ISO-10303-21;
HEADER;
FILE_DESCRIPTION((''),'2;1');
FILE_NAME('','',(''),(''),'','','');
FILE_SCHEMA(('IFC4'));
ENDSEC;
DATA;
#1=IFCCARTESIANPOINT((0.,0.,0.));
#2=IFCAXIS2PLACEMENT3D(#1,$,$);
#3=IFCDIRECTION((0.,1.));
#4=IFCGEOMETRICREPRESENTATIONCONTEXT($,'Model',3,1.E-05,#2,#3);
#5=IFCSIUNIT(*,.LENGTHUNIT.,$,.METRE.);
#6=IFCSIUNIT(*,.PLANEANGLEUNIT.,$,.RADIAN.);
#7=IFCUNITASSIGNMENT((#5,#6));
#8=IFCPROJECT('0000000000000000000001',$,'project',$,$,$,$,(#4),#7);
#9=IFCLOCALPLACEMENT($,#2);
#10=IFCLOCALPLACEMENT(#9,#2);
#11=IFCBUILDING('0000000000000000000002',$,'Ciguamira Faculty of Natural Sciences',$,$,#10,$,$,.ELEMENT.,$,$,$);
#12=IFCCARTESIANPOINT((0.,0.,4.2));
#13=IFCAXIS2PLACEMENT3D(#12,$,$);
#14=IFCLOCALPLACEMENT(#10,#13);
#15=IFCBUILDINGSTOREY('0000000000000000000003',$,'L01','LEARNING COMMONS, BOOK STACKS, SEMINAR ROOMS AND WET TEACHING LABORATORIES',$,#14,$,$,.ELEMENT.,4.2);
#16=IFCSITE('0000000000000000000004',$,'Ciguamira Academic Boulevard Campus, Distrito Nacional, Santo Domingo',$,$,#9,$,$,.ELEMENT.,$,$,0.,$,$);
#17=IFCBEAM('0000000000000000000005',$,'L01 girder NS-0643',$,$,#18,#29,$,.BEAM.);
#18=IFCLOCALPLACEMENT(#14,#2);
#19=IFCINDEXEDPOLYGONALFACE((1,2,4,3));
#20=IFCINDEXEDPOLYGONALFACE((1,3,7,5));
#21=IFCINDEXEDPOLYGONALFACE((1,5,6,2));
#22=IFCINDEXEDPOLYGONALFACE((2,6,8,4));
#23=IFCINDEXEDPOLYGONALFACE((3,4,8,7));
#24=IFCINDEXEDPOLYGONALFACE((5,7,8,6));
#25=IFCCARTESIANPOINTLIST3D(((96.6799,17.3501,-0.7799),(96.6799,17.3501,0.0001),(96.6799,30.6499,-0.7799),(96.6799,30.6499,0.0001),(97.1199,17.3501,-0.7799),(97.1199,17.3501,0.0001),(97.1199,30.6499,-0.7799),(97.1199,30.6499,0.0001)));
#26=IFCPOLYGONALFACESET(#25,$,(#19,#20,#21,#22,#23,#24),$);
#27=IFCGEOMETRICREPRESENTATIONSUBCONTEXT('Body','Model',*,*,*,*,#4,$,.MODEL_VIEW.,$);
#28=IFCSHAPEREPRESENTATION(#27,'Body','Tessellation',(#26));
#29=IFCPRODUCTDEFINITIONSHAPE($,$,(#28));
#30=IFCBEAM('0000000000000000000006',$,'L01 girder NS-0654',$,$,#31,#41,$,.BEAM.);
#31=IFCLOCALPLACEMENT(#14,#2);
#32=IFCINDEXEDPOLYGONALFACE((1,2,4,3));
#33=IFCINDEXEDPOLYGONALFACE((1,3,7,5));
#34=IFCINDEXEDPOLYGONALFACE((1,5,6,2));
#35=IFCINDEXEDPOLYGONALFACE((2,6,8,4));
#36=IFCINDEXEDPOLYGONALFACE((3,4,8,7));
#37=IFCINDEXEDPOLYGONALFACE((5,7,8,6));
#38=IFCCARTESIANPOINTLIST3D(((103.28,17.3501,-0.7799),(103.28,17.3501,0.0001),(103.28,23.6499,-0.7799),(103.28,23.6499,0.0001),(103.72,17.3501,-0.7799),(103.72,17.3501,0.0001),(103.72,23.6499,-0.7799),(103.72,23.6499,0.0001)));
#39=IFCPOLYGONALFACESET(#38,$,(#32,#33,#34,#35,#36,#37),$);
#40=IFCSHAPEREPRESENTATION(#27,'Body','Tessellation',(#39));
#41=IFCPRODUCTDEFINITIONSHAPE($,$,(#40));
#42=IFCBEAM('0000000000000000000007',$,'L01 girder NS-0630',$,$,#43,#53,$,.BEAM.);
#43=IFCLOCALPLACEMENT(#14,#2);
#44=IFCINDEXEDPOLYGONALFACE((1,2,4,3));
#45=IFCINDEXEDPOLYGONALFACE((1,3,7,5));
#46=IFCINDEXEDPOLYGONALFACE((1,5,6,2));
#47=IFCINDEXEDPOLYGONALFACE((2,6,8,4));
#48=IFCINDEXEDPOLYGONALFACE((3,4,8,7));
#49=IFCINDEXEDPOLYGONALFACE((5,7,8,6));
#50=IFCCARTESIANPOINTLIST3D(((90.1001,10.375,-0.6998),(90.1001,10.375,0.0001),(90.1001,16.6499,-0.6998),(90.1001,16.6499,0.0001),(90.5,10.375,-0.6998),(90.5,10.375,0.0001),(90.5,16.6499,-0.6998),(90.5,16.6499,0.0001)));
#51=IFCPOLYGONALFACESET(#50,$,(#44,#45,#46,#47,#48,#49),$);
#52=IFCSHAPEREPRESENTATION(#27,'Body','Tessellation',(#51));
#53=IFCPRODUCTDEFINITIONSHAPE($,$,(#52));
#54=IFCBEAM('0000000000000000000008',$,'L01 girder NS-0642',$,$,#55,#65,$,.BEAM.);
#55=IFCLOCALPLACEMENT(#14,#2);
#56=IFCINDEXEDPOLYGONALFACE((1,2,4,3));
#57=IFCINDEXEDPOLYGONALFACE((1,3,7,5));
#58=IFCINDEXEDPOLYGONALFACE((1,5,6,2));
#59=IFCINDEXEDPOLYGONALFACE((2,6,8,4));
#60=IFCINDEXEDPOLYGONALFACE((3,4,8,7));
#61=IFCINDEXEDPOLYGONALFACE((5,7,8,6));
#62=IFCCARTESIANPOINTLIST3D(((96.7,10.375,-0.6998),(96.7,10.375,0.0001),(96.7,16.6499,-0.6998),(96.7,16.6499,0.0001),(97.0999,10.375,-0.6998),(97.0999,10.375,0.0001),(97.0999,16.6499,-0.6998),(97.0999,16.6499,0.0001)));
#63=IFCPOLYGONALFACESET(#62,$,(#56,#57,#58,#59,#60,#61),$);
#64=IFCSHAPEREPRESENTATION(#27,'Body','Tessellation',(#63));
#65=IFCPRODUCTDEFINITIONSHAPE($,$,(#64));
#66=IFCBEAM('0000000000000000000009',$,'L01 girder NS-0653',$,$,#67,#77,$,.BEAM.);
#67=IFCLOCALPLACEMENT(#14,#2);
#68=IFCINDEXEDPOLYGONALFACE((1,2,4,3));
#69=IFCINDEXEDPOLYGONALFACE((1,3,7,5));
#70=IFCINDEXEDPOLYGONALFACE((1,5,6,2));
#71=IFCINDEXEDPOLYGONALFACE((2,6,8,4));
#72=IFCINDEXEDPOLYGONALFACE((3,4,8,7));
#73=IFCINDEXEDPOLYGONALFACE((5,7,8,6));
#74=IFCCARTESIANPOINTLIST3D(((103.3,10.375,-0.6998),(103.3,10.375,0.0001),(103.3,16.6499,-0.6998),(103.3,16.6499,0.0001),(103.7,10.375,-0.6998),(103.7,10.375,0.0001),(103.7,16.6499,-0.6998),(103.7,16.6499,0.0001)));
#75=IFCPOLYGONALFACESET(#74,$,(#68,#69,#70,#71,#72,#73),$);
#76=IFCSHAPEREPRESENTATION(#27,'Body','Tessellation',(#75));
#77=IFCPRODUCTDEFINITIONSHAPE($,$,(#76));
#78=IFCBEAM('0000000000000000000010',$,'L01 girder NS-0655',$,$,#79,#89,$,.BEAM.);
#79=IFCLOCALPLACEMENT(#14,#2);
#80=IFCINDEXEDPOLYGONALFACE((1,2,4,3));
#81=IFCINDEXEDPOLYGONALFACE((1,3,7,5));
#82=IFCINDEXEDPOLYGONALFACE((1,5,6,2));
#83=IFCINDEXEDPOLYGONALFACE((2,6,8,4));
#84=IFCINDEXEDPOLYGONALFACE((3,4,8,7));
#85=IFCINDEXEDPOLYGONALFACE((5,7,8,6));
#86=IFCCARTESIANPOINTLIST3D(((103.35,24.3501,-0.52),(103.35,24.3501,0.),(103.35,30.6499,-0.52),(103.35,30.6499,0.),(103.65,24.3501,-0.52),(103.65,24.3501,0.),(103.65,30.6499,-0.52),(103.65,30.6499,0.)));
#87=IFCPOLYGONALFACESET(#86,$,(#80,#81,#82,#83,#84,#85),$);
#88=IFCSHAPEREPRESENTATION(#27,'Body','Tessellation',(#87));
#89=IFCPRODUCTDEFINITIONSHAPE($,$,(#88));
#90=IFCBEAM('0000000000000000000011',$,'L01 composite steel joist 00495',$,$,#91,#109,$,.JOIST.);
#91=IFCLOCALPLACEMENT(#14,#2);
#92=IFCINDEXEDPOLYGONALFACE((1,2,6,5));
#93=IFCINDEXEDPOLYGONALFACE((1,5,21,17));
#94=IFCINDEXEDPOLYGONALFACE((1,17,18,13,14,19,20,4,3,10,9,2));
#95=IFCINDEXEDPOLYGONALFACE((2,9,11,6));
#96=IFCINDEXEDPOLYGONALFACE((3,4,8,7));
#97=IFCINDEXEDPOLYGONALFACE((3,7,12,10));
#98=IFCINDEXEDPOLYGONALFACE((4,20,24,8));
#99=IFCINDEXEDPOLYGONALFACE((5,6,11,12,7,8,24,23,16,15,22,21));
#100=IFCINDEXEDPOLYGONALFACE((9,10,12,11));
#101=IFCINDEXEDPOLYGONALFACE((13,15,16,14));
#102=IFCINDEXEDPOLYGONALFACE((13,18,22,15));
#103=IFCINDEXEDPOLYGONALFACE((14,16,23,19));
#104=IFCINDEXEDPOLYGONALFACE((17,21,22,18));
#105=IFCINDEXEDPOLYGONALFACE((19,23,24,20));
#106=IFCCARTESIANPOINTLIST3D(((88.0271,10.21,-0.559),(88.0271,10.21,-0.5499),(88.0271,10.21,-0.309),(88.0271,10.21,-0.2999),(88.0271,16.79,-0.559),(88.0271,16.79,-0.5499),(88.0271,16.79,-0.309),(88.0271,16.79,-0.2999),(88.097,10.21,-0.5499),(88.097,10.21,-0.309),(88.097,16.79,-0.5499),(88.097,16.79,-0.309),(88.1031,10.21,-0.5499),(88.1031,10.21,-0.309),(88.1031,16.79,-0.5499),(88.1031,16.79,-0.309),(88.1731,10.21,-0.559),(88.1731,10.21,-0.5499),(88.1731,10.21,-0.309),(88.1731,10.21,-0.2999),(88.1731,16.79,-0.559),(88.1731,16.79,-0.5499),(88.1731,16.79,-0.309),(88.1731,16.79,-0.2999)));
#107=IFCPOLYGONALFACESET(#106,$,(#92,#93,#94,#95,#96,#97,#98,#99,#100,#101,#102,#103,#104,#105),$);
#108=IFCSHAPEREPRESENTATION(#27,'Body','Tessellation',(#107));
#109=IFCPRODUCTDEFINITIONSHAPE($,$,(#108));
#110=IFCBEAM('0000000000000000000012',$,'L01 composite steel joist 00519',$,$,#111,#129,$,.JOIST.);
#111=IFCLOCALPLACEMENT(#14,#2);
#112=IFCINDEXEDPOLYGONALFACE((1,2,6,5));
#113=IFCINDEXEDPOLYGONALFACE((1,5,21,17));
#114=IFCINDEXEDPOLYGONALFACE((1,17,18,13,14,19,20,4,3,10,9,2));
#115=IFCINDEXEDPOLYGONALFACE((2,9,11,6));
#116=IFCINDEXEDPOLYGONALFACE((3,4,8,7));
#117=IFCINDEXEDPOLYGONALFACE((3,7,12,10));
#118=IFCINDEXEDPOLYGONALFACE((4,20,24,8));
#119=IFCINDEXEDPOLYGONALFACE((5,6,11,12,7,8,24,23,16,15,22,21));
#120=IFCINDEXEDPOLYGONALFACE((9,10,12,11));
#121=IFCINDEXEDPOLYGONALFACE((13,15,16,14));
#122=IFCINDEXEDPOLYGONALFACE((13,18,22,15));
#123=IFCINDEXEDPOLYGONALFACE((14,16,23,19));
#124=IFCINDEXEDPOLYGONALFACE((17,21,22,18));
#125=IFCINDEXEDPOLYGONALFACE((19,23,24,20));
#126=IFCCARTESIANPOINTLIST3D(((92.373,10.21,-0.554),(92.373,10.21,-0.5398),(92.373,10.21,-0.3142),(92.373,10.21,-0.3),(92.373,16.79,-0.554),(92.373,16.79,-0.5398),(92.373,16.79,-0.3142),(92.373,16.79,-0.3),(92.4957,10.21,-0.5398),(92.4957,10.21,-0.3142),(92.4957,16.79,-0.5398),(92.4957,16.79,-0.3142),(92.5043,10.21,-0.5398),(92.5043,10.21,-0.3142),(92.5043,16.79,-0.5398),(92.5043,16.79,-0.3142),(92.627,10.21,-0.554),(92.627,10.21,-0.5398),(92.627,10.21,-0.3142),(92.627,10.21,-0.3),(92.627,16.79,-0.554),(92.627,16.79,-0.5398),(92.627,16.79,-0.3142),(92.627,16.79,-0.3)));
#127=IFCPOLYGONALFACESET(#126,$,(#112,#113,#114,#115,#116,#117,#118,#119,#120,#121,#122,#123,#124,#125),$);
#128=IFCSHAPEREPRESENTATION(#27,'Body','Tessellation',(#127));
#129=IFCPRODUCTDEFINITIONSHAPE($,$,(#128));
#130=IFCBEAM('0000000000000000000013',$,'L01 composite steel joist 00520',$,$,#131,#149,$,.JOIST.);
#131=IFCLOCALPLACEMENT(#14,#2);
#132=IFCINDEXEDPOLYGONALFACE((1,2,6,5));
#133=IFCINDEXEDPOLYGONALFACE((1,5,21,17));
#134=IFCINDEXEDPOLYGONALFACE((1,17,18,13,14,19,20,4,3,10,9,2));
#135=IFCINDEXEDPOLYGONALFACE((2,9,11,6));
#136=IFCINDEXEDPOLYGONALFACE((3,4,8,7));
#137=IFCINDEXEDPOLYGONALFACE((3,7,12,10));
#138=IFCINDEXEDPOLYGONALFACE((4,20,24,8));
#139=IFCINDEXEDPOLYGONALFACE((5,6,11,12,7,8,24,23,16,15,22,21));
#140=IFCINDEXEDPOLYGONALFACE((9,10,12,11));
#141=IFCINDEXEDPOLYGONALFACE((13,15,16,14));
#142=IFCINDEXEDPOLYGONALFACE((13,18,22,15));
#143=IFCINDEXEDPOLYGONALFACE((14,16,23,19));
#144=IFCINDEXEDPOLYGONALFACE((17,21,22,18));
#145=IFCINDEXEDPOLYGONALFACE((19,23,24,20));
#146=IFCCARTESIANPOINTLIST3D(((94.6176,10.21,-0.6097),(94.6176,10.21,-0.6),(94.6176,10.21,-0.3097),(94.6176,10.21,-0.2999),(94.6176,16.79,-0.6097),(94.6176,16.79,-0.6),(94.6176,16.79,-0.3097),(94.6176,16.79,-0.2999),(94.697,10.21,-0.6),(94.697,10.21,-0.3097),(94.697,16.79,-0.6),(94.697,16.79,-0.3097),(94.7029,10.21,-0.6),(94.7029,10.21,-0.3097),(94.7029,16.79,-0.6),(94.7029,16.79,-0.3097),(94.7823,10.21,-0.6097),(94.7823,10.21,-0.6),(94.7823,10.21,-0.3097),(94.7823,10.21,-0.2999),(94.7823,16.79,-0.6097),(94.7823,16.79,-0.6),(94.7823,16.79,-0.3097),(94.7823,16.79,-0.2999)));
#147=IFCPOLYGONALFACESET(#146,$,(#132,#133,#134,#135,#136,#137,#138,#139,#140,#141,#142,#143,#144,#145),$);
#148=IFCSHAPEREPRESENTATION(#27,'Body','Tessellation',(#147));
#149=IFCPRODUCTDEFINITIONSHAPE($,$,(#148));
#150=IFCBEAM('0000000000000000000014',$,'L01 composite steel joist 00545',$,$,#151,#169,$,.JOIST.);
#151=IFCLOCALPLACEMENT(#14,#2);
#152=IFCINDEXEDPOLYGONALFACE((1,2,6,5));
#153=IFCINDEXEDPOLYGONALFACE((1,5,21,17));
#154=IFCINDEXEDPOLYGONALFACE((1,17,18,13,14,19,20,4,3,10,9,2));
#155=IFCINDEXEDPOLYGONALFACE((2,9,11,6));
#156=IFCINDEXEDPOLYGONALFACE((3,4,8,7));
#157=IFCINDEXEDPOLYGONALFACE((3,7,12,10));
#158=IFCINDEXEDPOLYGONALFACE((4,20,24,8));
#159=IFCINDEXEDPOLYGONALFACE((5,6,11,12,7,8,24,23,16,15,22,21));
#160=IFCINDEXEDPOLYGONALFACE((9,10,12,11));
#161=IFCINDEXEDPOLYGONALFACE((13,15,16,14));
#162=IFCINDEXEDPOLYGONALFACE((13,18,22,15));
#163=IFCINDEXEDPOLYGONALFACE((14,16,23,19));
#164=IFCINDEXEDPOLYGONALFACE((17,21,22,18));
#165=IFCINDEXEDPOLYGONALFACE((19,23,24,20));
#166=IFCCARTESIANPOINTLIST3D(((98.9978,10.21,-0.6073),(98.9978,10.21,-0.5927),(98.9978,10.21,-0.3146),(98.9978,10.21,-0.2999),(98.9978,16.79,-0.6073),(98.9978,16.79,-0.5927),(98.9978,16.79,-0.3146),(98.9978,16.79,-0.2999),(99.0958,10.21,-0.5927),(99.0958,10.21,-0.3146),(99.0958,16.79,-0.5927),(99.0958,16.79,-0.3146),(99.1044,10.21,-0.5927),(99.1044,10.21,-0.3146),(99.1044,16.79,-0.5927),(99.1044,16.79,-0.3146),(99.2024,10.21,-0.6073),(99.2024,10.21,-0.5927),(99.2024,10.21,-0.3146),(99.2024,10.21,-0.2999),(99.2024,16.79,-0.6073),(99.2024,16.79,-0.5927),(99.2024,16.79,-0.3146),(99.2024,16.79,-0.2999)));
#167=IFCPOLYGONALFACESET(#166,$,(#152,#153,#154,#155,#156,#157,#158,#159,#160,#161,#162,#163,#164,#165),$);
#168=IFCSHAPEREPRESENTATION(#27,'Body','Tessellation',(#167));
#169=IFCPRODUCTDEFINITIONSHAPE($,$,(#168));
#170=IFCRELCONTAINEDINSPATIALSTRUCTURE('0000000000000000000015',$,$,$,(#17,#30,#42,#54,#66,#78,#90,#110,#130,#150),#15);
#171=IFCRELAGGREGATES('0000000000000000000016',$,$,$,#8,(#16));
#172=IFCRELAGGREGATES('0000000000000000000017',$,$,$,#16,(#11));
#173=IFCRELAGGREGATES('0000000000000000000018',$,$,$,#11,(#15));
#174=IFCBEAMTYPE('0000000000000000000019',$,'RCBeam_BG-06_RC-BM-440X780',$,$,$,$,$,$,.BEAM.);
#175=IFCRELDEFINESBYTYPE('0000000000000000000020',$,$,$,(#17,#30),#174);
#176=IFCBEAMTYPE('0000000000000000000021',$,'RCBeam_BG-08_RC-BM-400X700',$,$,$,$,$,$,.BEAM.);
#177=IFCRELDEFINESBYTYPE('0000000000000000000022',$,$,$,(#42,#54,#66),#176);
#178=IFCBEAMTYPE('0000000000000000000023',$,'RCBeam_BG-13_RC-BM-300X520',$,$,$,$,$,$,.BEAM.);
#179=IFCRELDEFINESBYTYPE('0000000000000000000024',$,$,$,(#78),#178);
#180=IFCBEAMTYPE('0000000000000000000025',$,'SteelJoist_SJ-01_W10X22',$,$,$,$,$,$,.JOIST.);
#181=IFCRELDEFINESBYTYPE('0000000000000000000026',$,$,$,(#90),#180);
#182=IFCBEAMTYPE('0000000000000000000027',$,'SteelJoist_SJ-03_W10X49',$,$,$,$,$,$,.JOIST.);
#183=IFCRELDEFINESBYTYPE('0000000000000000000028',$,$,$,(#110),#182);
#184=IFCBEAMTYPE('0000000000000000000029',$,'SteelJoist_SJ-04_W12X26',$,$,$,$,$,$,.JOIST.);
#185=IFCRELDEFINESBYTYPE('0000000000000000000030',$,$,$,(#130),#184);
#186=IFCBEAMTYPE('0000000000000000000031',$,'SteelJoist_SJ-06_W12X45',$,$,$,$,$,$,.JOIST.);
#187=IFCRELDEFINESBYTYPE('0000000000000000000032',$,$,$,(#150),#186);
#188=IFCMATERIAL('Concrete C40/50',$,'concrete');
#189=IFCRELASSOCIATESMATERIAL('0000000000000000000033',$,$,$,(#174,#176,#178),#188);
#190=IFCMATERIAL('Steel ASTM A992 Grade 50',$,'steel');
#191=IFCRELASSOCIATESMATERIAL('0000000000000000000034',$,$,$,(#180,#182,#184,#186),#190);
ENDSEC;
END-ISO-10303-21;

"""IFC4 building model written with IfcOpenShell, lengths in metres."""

from ifc_helpers import new_model, si_unit, direction, frame, origin, origin_2d, place, context, subcontext, project, spatial, rectangle, i_section, extrude, material, material_profile, profile_set, type_object, element, save


model = new_model("IFC4")

# Units and contexts
model_context = context("Model", 3, precision=1e-05, world=origin(), true_north=direction((0.0, 1.0)))
body_context = subcontext(model_context, "Body", "Model", "MODEL_VIEW")
ifc_project = project(units=[si_unit("LENGTHUNIT", "METRE"), si_unit("PLANEANGLEUNIT", "RADIAN")], contexts=[model_context])

# Site, building, storey
site_placement = place(None, origin())
site = spatial("IfcSite", under=ifc_project, at=site_placement, Name="Ciguamira Academic Boulevard Campus, Distrito Nacional, Santo Domingo", CompositionType="ELEMENT", RefElevation=0.0)
building_placement = place(site_placement, origin())
building = spatial("IfcBuilding", under=site, at=building_placement, Name="Ciguamira Faculty of Natural Sciences", CompositionType="ELEMENT")
storey_placement = place(building_placement, frame((0.0, 0.0, 4.2)))
storey = spatial("IfcBuildingStorey", under=building, at=storey_placement, Name="L01", Description="LEARNING COMMONS, BOOK STACKS, SEMINAR ROOMS AND WET TEACHING LABORATORIES", CompositionType="ELEMENT", Elevation=4.2)

# Shared definitions
ifc_material_1 = material(Name="Concrete C40/50", Category="concrete")

# Beams
ifc_material_profile_1 = material_profile(ifc_material_1, rectangle(XDim=0.4399, YDim=0.78, at=origin_2d()), Name="RC-BM-440X780")
ifc_profile_set_1 = profile_set([ifc_material_profile_1], Name="Concrete C40/50")
beam_type_1 = type_object("IfcBeamType", Name="RCBeam_BG-06_RC-BM-440X780", PredefinedType="BEAM", material=ifc_profile_set_1)
for number, where, z_axis, x_axis, name in (
    (1, (96.8999, 17.3501, -0.3899), (0.0, 1.0, 0.0), (-1.0, 0.0, 0.0), "L01 girder NS-0643"),
):
    element("IfcBeam", number, at=place(storey_placement, frame(where, z_axis=z_axis, x_axis=x_axis)), inside=storey, type_object=beam_type_1, Name=name, PredefinedType="BEAM", context=body_context, shape_type="SweptSolid", body=[
        extrude(rectangle(XDim=0.4399, YDim=0.78, at=origin_2d()), origin(), (0.0, 0.0, 1.0), 13.2998),
    ])
beam_1_placement = place(storey_placement, frame((103.5, 17.3501, -0.3899), z_axis=(0.0, 1.0, 0.0), x_axis=(-1.0, 0.0, 0.0)))
element("IfcBeam", 2, at=beam_1_placement, inside=storey, type_object=beam_type_1, Name="L01 girder NS-0654", PredefinedType="BEAM", context=body_context, shape_type="SweptSolid", body=[
    extrude(rectangle(XDim=0.4399, YDim=0.78, at=origin_2d()), origin(), (0.0, 0.0, 1.0), 6.2998),
])
ifc_material_profile_2 = material_profile(ifc_material_1, rectangle(XDim=0.3999, YDim=0.7, at=origin_2d()), Name="RC-BM-400X700")
ifc_profile_set_2 = profile_set([ifc_material_profile_2], Name="Concrete C40/50")
beam_type_2 = type_object("IfcBeamType", Name="RCBeam_BG-08_RC-BM-400X700", PredefinedType="BEAM", material=ifc_profile_set_2)
for number, where, z_axis, x_axis, name in (
    (3, (90.3, 10.375, -0.3499), (0.0, 1.0, 0.0), (-1.0, 0.0, 0.0), "L01 girder NS-0630"),
    (4, (96.8999, 10.375, -0.3499), (0.0, 1.0, 0.0), (-1.0, 0.0, 0.0), "L01 girder NS-0642"),
    (5, (103.5, 10.375, -0.3499), (0.0, 1.0, 0.0), (-1.0, 0.0, 0.0), "L01 girder NS-0653"),
):
    element("IfcBeam", number, at=place(storey_placement, frame(where, z_axis=z_axis, x_axis=x_axis)), inside=storey, type_object=beam_type_2, Name=name, PredefinedType="BEAM", context=body_context, shape_type="SweptSolid", body=[
        extrude(rectangle(XDim=0.3999, YDim=0.7, at=origin_2d()), origin(), (0.0, 0.0, 1.0), 6.2749),
    ])
ifc_material_profile_3 = material_profile(ifc_material_1, rectangle(XDim=0.3, YDim=0.52, at=origin_2d()), Name="RC-BM-300X520")
ifc_profile_set_3 = profile_set([ifc_material_profile_3], Name="Concrete C40/50")
beam_type_3 = type_object("IfcBeamType", Name="RCBeam_BG-13_RC-BM-300X520", PredefinedType="BEAM", material=ifc_profile_set_3)
beam_2_placement = place(storey_placement, frame((103.5, 24.3501, -0.26), z_axis=(0.0, 1.0, 0.0), x_axis=(-1.0, 0.0, 0.0)))
element("IfcBeam", 6, at=beam_2_placement, inside=storey, type_object=beam_type_3, Name="L01 girder NS-0655", PredefinedType="BEAM", context=body_context, shape_type="SweptSolid", body=[
    extrude(rectangle(XDim=0.3, YDim=0.52, at=origin_2d()), origin(), (0.0, 0.0, 1.0), 6.2998),
])
ifc_material_2 = material(Name="Steel ASTM A992 Grade 50", Category="steel")
ifc_material_profile_4 = material_profile(ifc_material_2, i_section(OverallWidth=0.146, OverallDepth=0.259, WebThickness=0.0061, FlangeThickness=0.009, at=origin_2d()), Name="W10X22")
ifc_profile_set_4 = profile_set([ifc_material_profile_4], Name="Steel ASTM A992 Grade 50")
beam_type_4 = type_object("IfcBeamType", Name="SteelJoist_SJ-01_W10X22", PredefinedType="JOIST", material=ifc_profile_set_4)
beam_3_placement = place(storey_placement, frame((88.1001, 10.21, -0.4294), z_axis=(0.0, 1.0, 0.0), x_axis=(-1.0, 0.0, 0.0)))
element("IfcBeam", 7, at=beam_3_placement, inside=storey, type_object=beam_type_4, Name="L01 composite steel joist 00495", PredefinedType="JOIST", context=body_context, shape_type="SweptSolid", body=[
    extrude(i_section(OverallWidth=0.146, OverallDepth=0.259, WebThickness=0.0061, FlangeThickness=0.009, at=origin_2d()), origin(), (0.0, 0.0, 1.0), 6.5801),
])
ifc_material_profile_5 = material_profile(ifc_material_2, i_section(OverallWidth=0.2539, OverallDepth=0.2539, WebThickness=0.0085, FlangeThickness=0.0142, at=origin_2d()), Name="W10X49")
ifc_profile_set_5 = profile_set([ifc_material_profile_5], Name="Steel ASTM A992 Grade 50")
beam_type_5 = type_object("IfcBeamType", Name="SteelJoist_SJ-03_W10X49", PredefinedType="JOIST", material=ifc_profile_set_5)
beam_4_placement = place(storey_placement, frame((92.5, 10.21, -0.427), z_axis=(0.0, 1.0, 0.0), x_axis=(-1.0, 0.0, 0.0)))
element("IfcBeam", 8, at=beam_4_placement, inside=storey, type_object=beam_type_5, Name="L01 composite steel joist 00519", PredefinedType="JOIST", context=body_context, shape_type="SweptSolid", body=[
    extrude(i_section(OverallWidth=0.2539, OverallDepth=0.2539, WebThickness=0.0085, FlangeThickness=0.0142, at=origin_2d()), origin(), (0.0, 0.0, 1.0), 6.5801),
])
ifc_material_profile_6 = material_profile(ifc_material_2, i_section(OverallWidth=0.1648, OverallDepth=0.3098, WebThickness=0.0059, FlangeThickness=0.0098, at=origin_2d()), Name="W12X26")
ifc_profile_set_6 = profile_set([ifc_material_profile_6], Name="Steel ASTM A992 Grade 50")
beam_type_6 = type_object("IfcBeamType", Name="SteelJoist_SJ-04_W12X26", PredefinedType="JOIST", material=ifc_profile_set_6)
beam_5_placement = place(storey_placement, frame((94.7, 10.21, -0.4548), z_axis=(0.0, 1.0, 0.0), x_axis=(-1.0, 0.0, 0.0)))
element("IfcBeam", 9, at=beam_5_placement, inside=storey, type_object=beam_type_6, Name="L01 composite steel joist 00520", PredefinedType="JOIST", context=body_context, shape_type="SweptSolid", body=[
    extrude(i_section(OverallWidth=0.1648, OverallDepth=0.3098, WebThickness=0.0059, FlangeThickness=0.0098, at=origin_2d()), origin(), (0.0, 0.0, 1.0), 6.5801),
])
ifc_material_profile_7 = material_profile(ifc_material_2, i_section(OverallWidth=0.2046, OverallDepth=0.3074, WebThickness=0.0085, FlangeThickness=0.0146, at=origin_2d()), Name="W12X45")
ifc_profile_set_7 = profile_set([ifc_material_profile_7], Name="Steel ASTM A992 Grade 50")
beam_type_7 = type_object("IfcBeamType", Name="SteelJoist_SJ-06_W12X45", PredefinedType="JOIST", material=ifc_profile_set_7)
beam_6_placement = place(storey_placement, frame((99.1001, 10.21, -0.4536), z_axis=(0.0, 1.0, 0.0), x_axis=(-1.0, 0.0, 0.0)))
element("IfcBeam", 10, at=beam_6_placement, inside=storey, type_object=beam_type_7, Name="L01 composite steel joist 00545", PredefinedType="JOIST", context=body_context, shape_type="SweptSolid", body=[
    extrude(i_section(OverallWidth=0.2046, OverallDepth=0.3074, WebThickness=0.0085, FlangeThickness=0.0146, at=origin_2d()), origin(), (0.0, 0.0, 1.0), 6.5801),
])

save(model, "model.ifc")
